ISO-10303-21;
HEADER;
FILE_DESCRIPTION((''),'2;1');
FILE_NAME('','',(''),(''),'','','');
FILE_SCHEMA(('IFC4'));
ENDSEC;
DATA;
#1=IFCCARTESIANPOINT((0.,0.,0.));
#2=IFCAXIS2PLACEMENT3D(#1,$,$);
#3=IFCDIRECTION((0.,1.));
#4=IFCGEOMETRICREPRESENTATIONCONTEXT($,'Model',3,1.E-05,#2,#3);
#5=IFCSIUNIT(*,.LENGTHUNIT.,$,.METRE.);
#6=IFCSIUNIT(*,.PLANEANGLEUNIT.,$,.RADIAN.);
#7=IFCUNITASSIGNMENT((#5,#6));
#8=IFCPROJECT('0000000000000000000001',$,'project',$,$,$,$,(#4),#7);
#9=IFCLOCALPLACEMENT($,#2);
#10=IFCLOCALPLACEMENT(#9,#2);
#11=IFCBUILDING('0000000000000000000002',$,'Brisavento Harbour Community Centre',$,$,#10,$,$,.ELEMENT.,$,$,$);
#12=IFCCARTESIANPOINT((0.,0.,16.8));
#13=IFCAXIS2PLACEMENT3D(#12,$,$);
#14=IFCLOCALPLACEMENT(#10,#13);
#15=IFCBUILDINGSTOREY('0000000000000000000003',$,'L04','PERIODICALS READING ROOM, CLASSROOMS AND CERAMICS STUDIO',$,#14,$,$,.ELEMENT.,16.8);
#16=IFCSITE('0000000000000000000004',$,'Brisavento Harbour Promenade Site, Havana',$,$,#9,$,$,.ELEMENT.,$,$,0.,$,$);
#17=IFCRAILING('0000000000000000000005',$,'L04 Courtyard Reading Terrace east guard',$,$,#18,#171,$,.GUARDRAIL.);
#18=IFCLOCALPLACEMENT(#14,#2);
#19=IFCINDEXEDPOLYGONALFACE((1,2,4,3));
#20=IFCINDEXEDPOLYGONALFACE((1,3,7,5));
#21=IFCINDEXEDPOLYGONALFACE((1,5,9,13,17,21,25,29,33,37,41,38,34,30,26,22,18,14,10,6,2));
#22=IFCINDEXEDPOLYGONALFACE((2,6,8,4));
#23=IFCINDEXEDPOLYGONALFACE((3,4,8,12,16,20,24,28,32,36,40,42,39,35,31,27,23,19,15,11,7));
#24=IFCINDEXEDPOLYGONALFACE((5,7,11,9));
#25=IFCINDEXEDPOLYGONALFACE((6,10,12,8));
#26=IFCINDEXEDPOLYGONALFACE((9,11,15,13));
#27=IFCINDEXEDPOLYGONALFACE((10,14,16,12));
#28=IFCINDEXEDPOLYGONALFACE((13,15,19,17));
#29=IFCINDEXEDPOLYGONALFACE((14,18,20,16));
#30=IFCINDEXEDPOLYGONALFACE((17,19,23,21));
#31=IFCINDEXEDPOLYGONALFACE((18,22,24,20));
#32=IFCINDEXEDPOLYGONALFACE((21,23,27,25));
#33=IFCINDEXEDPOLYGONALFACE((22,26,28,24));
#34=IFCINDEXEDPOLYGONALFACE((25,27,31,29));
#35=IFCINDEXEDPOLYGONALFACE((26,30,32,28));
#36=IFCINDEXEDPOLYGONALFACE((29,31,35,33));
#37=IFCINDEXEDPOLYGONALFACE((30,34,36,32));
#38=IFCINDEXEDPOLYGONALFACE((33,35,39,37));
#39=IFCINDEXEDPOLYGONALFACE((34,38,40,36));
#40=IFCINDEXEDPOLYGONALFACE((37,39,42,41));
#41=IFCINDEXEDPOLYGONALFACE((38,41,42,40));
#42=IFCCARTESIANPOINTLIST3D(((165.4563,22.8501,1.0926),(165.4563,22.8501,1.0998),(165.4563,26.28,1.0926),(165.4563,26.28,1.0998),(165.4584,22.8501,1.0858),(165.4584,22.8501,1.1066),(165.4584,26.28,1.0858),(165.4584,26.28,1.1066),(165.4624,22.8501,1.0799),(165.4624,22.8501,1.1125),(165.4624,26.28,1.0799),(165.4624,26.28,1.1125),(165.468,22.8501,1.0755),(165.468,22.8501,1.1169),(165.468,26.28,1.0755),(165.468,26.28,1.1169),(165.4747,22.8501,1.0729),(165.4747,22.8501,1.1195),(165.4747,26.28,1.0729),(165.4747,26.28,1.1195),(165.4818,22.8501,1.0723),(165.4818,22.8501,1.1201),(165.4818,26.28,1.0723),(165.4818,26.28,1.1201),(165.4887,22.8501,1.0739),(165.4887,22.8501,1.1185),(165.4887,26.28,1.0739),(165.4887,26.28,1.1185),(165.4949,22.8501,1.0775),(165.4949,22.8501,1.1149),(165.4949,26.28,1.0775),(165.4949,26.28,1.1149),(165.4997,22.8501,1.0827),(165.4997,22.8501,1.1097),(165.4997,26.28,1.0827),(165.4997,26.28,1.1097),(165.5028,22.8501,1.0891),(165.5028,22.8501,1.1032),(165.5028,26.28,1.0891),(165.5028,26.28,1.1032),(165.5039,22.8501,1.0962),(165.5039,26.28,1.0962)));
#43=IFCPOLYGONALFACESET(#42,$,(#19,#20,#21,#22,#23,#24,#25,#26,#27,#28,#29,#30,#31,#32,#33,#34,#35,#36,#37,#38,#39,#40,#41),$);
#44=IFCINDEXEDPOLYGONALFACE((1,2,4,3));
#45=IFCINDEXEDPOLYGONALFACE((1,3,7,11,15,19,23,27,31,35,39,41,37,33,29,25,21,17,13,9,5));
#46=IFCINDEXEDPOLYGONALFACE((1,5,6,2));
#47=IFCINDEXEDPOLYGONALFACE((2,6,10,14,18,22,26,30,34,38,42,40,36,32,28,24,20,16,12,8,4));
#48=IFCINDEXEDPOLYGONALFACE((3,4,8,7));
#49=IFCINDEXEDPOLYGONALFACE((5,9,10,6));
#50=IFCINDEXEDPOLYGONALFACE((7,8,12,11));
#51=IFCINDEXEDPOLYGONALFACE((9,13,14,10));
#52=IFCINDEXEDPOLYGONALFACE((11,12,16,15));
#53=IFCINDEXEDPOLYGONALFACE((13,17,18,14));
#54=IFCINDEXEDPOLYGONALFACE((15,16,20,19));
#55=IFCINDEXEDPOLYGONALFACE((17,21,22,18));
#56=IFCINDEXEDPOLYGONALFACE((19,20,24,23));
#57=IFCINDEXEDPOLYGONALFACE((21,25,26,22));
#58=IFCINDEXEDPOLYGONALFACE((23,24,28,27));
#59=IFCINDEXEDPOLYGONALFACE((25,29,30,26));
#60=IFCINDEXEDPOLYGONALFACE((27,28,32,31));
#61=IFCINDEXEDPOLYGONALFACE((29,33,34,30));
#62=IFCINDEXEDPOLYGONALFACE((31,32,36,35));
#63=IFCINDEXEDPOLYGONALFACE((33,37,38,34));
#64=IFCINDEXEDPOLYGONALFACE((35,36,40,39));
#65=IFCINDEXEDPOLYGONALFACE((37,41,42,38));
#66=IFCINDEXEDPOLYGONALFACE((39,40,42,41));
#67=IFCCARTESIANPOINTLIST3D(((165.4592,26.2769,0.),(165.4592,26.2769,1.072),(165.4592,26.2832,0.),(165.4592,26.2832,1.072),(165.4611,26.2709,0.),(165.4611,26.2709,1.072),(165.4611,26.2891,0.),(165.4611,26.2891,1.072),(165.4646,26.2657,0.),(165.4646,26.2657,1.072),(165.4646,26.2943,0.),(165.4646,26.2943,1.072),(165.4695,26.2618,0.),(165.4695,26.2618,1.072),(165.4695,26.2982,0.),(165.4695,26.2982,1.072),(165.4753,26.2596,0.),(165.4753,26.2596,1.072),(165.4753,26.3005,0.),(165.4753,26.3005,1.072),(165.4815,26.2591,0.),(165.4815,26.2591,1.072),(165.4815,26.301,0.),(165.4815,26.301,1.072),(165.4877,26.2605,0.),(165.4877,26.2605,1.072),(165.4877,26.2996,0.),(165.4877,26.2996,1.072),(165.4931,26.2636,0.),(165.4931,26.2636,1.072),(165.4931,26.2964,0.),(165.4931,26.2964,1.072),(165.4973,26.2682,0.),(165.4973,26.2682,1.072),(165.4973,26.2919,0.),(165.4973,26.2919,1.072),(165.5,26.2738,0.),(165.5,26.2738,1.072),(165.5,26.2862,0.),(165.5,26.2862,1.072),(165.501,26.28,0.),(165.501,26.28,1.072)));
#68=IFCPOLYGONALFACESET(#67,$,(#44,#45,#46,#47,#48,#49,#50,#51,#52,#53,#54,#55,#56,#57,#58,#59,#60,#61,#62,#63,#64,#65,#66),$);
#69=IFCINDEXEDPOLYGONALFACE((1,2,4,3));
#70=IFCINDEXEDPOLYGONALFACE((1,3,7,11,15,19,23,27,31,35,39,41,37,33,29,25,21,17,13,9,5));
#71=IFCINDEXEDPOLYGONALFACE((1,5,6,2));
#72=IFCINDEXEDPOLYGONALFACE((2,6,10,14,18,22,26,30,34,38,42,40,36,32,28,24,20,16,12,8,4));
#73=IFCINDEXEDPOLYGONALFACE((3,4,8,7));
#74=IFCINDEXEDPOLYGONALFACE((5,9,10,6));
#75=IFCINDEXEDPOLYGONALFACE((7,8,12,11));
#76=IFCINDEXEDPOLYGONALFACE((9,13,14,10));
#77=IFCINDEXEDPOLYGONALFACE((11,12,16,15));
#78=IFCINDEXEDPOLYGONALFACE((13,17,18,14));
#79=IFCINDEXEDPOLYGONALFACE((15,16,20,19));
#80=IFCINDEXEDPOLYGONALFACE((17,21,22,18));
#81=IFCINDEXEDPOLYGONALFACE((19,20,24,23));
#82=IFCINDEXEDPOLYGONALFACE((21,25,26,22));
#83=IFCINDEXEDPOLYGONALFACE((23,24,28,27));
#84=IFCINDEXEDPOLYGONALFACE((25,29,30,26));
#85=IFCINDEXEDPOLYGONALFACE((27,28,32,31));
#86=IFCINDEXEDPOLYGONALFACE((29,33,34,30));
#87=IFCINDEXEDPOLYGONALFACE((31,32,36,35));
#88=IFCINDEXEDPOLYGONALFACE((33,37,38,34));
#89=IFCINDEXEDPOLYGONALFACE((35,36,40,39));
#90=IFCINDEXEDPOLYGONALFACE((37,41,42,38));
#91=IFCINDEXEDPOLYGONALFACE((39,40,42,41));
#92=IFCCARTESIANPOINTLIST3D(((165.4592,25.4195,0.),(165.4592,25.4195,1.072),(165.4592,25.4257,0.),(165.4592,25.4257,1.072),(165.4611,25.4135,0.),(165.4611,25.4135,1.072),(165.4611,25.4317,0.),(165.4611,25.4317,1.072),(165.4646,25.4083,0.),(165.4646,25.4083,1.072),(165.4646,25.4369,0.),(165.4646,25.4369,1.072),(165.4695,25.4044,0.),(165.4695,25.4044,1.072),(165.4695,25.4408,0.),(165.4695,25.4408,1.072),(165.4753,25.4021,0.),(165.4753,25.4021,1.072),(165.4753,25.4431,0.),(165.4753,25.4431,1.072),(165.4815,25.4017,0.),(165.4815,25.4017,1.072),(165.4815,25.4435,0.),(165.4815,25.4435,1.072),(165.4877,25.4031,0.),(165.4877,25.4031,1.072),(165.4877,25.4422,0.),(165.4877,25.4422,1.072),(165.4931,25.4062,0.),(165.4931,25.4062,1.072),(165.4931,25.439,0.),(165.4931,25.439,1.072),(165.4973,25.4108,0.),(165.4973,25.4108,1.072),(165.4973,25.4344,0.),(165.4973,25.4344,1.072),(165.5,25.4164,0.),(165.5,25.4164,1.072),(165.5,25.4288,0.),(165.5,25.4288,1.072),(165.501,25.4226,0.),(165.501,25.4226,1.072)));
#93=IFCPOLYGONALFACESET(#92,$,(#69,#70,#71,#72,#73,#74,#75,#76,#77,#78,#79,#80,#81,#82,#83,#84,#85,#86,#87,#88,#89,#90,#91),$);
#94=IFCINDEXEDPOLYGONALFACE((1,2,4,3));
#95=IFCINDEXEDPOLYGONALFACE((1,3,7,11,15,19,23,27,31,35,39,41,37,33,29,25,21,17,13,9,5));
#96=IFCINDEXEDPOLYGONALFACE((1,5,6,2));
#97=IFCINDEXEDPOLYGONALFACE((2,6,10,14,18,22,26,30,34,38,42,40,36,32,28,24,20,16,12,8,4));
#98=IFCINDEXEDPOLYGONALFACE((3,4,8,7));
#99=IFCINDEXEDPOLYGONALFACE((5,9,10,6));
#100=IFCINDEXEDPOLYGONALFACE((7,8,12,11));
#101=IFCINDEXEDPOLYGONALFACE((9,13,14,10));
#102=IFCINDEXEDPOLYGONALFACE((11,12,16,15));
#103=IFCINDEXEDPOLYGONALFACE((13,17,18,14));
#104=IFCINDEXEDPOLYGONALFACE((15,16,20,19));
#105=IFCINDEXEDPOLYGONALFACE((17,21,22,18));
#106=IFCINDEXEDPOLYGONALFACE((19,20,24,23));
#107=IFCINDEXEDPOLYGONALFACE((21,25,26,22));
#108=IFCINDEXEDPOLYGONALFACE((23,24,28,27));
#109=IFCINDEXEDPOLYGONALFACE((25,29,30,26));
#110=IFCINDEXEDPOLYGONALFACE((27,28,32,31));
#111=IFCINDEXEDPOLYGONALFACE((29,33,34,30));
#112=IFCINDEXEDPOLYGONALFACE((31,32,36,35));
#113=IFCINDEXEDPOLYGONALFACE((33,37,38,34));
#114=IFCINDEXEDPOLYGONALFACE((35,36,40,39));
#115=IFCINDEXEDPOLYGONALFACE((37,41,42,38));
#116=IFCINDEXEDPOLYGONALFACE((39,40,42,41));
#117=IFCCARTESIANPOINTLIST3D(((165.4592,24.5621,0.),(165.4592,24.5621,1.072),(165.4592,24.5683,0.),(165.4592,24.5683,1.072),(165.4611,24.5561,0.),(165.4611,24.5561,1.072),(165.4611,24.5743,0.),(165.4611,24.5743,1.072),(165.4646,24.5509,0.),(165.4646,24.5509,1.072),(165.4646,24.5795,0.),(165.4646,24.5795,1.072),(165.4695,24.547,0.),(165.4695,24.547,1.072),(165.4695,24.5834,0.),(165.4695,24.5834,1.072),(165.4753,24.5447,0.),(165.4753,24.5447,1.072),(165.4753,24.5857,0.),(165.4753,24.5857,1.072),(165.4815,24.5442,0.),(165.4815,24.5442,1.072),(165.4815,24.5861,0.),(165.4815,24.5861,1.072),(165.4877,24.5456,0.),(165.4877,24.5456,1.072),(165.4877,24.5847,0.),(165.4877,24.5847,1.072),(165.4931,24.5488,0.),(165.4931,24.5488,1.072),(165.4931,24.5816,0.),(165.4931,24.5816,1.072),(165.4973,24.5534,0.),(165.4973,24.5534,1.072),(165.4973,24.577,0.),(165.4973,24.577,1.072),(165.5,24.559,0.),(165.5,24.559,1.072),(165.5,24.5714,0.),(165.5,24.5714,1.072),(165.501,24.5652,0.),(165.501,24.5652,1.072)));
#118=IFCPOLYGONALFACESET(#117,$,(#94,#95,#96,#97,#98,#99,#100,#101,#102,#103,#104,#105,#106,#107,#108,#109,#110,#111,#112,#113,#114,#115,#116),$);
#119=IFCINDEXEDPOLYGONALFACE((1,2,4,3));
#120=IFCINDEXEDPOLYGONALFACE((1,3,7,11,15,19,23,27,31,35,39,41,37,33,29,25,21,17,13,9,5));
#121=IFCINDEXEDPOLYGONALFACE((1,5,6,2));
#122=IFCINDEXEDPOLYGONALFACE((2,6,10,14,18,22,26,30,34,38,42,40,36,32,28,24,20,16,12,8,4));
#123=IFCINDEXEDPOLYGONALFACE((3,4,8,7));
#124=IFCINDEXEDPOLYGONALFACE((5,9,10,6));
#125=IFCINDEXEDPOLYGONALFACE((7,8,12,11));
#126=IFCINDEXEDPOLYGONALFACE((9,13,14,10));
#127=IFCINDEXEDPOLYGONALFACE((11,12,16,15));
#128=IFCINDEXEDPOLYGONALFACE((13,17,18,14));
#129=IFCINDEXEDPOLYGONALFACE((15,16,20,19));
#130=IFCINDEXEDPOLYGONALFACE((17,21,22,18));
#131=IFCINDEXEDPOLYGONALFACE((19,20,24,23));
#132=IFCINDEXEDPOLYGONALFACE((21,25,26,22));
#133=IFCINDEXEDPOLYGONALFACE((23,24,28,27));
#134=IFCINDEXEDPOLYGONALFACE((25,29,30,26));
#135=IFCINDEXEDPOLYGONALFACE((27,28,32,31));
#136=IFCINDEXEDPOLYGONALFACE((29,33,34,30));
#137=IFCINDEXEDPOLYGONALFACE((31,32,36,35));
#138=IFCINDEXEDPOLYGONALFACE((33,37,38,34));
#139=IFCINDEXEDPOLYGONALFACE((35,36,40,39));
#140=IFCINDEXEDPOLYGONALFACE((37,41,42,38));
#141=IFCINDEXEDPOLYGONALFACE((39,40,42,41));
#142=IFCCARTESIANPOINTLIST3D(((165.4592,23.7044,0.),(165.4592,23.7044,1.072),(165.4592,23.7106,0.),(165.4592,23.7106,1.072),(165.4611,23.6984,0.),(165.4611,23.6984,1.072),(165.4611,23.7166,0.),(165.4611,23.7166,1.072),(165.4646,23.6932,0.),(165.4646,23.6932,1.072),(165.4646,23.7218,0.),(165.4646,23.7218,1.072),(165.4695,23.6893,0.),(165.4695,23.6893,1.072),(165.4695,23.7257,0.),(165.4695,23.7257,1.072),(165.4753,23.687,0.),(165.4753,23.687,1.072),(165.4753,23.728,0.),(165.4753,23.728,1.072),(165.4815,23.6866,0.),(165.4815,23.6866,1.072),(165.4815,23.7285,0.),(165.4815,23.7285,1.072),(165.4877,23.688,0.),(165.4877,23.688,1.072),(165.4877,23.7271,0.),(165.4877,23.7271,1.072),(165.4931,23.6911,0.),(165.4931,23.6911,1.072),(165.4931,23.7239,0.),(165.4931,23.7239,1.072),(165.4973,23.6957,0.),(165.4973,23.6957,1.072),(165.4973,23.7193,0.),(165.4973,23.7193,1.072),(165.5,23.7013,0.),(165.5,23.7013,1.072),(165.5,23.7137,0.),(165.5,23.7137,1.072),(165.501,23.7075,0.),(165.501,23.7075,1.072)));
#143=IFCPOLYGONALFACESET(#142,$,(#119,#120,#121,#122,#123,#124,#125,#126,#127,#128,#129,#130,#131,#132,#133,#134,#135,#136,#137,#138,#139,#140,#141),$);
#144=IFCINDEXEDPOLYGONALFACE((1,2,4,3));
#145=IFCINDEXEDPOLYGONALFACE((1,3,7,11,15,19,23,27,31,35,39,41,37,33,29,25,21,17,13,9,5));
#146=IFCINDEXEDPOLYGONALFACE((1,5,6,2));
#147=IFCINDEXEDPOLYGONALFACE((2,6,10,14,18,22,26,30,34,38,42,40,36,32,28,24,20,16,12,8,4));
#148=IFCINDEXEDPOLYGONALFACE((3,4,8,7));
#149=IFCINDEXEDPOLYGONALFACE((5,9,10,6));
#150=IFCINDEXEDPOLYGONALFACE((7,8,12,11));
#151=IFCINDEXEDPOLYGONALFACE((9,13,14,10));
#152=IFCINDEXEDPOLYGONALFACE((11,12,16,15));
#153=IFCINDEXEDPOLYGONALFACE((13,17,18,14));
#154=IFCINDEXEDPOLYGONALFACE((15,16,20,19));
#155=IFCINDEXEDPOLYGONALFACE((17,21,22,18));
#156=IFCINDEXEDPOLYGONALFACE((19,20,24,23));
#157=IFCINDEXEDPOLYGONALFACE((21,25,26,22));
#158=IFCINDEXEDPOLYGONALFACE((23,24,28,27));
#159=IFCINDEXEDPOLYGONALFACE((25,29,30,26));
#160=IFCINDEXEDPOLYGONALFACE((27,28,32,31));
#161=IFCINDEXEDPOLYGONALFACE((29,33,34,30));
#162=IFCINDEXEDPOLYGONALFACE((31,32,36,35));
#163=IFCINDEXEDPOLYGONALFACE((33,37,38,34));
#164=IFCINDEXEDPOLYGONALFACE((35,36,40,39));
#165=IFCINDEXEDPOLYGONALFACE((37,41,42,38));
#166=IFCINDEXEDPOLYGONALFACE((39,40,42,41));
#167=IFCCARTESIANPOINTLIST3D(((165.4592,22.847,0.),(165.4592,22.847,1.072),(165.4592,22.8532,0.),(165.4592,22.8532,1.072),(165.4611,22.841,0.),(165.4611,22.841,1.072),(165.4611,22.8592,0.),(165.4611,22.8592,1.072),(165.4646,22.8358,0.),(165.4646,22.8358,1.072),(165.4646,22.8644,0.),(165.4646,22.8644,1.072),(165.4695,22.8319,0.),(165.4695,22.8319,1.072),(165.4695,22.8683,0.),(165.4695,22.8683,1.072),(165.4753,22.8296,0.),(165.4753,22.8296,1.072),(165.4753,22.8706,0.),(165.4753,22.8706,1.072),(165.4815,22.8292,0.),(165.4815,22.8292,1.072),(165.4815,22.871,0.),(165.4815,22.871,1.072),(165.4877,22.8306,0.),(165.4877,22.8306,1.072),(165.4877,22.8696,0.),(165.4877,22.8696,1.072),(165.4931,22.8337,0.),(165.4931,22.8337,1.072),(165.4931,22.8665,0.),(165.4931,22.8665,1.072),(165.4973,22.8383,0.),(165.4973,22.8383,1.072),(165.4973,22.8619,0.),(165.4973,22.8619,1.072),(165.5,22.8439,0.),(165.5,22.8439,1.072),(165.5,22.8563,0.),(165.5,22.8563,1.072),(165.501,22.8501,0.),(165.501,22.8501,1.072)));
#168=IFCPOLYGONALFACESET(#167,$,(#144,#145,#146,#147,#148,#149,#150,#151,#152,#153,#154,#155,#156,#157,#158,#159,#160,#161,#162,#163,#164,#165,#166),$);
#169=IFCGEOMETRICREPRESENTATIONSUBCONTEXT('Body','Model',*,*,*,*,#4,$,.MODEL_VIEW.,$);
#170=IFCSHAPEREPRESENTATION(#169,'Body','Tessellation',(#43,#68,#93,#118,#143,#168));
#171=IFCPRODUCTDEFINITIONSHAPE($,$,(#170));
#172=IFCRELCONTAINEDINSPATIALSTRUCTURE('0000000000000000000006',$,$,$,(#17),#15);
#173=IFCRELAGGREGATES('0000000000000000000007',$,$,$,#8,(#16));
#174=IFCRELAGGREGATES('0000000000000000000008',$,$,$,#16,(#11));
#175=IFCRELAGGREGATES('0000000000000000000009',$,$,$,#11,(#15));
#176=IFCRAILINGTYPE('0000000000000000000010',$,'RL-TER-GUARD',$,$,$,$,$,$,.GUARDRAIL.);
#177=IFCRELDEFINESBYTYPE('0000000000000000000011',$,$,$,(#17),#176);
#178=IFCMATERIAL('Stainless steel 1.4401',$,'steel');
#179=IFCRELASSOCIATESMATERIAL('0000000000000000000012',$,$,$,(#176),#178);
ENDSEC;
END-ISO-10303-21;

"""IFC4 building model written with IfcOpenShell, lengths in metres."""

from ifc_helpers import new_model, si_unit, direction, frame, origin, origin_2d, place, context, subcontext, project, spatial, circle, extrude, material, type_object, element, save


model = new_model("IFC4")

# Units and contexts
model_context = context("Model", 3, precision=1e-05, world=origin(), true_north=direction((0.0, 1.0)))
body_context = subcontext(model_context, "Body", "Model", "MODEL_VIEW")
ifc_project = project(units=[si_unit("LENGTHUNIT", "METRE"), si_unit("PLANEANGLEUNIT", "RADIAN")], contexts=[model_context])

# Site, building, storey
site_placement = place(None, origin())
site = spatial("IfcSite", under=ifc_project, at=site_placement, Name="Brisavento Harbour Promenade Site, Havana", CompositionType="ELEMENT", RefElevation=0.0)
building_placement = place(site_placement, origin())
building = spatial("IfcBuilding", under=site, at=building_placement, Name="Brisavento Harbour Community Centre", CompositionType="ELEMENT")
storey_placement = place(building_placement, frame((0.0, 0.0, 16.8)))
storey = spatial("IfcBuildingStorey", under=building, at=storey_placement, Name="L04", Description="PERIODICALS READING ROOM, CLASSROOMS AND CERAMICS STUDIO", CompositionType="ELEMENT", Elevation=16.8)

# Railing
ifc_material_1 = material(Name="Stainless steel 1.4401", Category="steel")
railing_type_1 = type_object("IfcRailingType", Name="RL-TER-GUARD", PredefinedType="GUARDRAIL", material=ifc_material_1)
railing_1_placement = place(storey_placement, frame((165.48, 26.28, 0.0)))
element("IfcRailing", 1, at=railing_1_placement, inside=storey, type_object=railing_type_1, Name="L04 Courtyard Reading Terrace east guard", PredefinedType="GUARDRAIL", context=body_context, shape_type="SweptSolid", body=[
    extrude(circle(Radius=0.0239, at=origin_2d()), frame((0.0, 0.0, 1.0962), z_axis=(0.0, -1.0, 0.0), x_axis=(1.0, 0.0, 0.0)), (0.0, 0.0, 1.0), 3.4299),
    extrude(circle(Radius=0.021, at=origin_2d()), origin(), (0.0, 0.0, 1.0), 1.072),
    extrude(circle(Radius=0.021, at=origin_2d()), frame((0.0, -0.8574, 0.0)), (0.0, 0.0, 1.0), 1.072),
    extrude(circle(Radius=0.021, at=origin_2d()), frame((0.0, -1.7148, 0.0)), (0.0, 0.0, 1.0), 1.072),
    extrude(circle(Radius=0.021, at=origin_2d()), frame((0.0, -2.5725, 0.0)), (0.0, 0.0, 1.0), 1.072),
    extrude(circle(Radius=0.021, at=origin_2d()), frame((0.0, -3.4299, 0.0)), (0.0, 0.0, 1.0), 1.072),
])

save(model, "model.ifc")
